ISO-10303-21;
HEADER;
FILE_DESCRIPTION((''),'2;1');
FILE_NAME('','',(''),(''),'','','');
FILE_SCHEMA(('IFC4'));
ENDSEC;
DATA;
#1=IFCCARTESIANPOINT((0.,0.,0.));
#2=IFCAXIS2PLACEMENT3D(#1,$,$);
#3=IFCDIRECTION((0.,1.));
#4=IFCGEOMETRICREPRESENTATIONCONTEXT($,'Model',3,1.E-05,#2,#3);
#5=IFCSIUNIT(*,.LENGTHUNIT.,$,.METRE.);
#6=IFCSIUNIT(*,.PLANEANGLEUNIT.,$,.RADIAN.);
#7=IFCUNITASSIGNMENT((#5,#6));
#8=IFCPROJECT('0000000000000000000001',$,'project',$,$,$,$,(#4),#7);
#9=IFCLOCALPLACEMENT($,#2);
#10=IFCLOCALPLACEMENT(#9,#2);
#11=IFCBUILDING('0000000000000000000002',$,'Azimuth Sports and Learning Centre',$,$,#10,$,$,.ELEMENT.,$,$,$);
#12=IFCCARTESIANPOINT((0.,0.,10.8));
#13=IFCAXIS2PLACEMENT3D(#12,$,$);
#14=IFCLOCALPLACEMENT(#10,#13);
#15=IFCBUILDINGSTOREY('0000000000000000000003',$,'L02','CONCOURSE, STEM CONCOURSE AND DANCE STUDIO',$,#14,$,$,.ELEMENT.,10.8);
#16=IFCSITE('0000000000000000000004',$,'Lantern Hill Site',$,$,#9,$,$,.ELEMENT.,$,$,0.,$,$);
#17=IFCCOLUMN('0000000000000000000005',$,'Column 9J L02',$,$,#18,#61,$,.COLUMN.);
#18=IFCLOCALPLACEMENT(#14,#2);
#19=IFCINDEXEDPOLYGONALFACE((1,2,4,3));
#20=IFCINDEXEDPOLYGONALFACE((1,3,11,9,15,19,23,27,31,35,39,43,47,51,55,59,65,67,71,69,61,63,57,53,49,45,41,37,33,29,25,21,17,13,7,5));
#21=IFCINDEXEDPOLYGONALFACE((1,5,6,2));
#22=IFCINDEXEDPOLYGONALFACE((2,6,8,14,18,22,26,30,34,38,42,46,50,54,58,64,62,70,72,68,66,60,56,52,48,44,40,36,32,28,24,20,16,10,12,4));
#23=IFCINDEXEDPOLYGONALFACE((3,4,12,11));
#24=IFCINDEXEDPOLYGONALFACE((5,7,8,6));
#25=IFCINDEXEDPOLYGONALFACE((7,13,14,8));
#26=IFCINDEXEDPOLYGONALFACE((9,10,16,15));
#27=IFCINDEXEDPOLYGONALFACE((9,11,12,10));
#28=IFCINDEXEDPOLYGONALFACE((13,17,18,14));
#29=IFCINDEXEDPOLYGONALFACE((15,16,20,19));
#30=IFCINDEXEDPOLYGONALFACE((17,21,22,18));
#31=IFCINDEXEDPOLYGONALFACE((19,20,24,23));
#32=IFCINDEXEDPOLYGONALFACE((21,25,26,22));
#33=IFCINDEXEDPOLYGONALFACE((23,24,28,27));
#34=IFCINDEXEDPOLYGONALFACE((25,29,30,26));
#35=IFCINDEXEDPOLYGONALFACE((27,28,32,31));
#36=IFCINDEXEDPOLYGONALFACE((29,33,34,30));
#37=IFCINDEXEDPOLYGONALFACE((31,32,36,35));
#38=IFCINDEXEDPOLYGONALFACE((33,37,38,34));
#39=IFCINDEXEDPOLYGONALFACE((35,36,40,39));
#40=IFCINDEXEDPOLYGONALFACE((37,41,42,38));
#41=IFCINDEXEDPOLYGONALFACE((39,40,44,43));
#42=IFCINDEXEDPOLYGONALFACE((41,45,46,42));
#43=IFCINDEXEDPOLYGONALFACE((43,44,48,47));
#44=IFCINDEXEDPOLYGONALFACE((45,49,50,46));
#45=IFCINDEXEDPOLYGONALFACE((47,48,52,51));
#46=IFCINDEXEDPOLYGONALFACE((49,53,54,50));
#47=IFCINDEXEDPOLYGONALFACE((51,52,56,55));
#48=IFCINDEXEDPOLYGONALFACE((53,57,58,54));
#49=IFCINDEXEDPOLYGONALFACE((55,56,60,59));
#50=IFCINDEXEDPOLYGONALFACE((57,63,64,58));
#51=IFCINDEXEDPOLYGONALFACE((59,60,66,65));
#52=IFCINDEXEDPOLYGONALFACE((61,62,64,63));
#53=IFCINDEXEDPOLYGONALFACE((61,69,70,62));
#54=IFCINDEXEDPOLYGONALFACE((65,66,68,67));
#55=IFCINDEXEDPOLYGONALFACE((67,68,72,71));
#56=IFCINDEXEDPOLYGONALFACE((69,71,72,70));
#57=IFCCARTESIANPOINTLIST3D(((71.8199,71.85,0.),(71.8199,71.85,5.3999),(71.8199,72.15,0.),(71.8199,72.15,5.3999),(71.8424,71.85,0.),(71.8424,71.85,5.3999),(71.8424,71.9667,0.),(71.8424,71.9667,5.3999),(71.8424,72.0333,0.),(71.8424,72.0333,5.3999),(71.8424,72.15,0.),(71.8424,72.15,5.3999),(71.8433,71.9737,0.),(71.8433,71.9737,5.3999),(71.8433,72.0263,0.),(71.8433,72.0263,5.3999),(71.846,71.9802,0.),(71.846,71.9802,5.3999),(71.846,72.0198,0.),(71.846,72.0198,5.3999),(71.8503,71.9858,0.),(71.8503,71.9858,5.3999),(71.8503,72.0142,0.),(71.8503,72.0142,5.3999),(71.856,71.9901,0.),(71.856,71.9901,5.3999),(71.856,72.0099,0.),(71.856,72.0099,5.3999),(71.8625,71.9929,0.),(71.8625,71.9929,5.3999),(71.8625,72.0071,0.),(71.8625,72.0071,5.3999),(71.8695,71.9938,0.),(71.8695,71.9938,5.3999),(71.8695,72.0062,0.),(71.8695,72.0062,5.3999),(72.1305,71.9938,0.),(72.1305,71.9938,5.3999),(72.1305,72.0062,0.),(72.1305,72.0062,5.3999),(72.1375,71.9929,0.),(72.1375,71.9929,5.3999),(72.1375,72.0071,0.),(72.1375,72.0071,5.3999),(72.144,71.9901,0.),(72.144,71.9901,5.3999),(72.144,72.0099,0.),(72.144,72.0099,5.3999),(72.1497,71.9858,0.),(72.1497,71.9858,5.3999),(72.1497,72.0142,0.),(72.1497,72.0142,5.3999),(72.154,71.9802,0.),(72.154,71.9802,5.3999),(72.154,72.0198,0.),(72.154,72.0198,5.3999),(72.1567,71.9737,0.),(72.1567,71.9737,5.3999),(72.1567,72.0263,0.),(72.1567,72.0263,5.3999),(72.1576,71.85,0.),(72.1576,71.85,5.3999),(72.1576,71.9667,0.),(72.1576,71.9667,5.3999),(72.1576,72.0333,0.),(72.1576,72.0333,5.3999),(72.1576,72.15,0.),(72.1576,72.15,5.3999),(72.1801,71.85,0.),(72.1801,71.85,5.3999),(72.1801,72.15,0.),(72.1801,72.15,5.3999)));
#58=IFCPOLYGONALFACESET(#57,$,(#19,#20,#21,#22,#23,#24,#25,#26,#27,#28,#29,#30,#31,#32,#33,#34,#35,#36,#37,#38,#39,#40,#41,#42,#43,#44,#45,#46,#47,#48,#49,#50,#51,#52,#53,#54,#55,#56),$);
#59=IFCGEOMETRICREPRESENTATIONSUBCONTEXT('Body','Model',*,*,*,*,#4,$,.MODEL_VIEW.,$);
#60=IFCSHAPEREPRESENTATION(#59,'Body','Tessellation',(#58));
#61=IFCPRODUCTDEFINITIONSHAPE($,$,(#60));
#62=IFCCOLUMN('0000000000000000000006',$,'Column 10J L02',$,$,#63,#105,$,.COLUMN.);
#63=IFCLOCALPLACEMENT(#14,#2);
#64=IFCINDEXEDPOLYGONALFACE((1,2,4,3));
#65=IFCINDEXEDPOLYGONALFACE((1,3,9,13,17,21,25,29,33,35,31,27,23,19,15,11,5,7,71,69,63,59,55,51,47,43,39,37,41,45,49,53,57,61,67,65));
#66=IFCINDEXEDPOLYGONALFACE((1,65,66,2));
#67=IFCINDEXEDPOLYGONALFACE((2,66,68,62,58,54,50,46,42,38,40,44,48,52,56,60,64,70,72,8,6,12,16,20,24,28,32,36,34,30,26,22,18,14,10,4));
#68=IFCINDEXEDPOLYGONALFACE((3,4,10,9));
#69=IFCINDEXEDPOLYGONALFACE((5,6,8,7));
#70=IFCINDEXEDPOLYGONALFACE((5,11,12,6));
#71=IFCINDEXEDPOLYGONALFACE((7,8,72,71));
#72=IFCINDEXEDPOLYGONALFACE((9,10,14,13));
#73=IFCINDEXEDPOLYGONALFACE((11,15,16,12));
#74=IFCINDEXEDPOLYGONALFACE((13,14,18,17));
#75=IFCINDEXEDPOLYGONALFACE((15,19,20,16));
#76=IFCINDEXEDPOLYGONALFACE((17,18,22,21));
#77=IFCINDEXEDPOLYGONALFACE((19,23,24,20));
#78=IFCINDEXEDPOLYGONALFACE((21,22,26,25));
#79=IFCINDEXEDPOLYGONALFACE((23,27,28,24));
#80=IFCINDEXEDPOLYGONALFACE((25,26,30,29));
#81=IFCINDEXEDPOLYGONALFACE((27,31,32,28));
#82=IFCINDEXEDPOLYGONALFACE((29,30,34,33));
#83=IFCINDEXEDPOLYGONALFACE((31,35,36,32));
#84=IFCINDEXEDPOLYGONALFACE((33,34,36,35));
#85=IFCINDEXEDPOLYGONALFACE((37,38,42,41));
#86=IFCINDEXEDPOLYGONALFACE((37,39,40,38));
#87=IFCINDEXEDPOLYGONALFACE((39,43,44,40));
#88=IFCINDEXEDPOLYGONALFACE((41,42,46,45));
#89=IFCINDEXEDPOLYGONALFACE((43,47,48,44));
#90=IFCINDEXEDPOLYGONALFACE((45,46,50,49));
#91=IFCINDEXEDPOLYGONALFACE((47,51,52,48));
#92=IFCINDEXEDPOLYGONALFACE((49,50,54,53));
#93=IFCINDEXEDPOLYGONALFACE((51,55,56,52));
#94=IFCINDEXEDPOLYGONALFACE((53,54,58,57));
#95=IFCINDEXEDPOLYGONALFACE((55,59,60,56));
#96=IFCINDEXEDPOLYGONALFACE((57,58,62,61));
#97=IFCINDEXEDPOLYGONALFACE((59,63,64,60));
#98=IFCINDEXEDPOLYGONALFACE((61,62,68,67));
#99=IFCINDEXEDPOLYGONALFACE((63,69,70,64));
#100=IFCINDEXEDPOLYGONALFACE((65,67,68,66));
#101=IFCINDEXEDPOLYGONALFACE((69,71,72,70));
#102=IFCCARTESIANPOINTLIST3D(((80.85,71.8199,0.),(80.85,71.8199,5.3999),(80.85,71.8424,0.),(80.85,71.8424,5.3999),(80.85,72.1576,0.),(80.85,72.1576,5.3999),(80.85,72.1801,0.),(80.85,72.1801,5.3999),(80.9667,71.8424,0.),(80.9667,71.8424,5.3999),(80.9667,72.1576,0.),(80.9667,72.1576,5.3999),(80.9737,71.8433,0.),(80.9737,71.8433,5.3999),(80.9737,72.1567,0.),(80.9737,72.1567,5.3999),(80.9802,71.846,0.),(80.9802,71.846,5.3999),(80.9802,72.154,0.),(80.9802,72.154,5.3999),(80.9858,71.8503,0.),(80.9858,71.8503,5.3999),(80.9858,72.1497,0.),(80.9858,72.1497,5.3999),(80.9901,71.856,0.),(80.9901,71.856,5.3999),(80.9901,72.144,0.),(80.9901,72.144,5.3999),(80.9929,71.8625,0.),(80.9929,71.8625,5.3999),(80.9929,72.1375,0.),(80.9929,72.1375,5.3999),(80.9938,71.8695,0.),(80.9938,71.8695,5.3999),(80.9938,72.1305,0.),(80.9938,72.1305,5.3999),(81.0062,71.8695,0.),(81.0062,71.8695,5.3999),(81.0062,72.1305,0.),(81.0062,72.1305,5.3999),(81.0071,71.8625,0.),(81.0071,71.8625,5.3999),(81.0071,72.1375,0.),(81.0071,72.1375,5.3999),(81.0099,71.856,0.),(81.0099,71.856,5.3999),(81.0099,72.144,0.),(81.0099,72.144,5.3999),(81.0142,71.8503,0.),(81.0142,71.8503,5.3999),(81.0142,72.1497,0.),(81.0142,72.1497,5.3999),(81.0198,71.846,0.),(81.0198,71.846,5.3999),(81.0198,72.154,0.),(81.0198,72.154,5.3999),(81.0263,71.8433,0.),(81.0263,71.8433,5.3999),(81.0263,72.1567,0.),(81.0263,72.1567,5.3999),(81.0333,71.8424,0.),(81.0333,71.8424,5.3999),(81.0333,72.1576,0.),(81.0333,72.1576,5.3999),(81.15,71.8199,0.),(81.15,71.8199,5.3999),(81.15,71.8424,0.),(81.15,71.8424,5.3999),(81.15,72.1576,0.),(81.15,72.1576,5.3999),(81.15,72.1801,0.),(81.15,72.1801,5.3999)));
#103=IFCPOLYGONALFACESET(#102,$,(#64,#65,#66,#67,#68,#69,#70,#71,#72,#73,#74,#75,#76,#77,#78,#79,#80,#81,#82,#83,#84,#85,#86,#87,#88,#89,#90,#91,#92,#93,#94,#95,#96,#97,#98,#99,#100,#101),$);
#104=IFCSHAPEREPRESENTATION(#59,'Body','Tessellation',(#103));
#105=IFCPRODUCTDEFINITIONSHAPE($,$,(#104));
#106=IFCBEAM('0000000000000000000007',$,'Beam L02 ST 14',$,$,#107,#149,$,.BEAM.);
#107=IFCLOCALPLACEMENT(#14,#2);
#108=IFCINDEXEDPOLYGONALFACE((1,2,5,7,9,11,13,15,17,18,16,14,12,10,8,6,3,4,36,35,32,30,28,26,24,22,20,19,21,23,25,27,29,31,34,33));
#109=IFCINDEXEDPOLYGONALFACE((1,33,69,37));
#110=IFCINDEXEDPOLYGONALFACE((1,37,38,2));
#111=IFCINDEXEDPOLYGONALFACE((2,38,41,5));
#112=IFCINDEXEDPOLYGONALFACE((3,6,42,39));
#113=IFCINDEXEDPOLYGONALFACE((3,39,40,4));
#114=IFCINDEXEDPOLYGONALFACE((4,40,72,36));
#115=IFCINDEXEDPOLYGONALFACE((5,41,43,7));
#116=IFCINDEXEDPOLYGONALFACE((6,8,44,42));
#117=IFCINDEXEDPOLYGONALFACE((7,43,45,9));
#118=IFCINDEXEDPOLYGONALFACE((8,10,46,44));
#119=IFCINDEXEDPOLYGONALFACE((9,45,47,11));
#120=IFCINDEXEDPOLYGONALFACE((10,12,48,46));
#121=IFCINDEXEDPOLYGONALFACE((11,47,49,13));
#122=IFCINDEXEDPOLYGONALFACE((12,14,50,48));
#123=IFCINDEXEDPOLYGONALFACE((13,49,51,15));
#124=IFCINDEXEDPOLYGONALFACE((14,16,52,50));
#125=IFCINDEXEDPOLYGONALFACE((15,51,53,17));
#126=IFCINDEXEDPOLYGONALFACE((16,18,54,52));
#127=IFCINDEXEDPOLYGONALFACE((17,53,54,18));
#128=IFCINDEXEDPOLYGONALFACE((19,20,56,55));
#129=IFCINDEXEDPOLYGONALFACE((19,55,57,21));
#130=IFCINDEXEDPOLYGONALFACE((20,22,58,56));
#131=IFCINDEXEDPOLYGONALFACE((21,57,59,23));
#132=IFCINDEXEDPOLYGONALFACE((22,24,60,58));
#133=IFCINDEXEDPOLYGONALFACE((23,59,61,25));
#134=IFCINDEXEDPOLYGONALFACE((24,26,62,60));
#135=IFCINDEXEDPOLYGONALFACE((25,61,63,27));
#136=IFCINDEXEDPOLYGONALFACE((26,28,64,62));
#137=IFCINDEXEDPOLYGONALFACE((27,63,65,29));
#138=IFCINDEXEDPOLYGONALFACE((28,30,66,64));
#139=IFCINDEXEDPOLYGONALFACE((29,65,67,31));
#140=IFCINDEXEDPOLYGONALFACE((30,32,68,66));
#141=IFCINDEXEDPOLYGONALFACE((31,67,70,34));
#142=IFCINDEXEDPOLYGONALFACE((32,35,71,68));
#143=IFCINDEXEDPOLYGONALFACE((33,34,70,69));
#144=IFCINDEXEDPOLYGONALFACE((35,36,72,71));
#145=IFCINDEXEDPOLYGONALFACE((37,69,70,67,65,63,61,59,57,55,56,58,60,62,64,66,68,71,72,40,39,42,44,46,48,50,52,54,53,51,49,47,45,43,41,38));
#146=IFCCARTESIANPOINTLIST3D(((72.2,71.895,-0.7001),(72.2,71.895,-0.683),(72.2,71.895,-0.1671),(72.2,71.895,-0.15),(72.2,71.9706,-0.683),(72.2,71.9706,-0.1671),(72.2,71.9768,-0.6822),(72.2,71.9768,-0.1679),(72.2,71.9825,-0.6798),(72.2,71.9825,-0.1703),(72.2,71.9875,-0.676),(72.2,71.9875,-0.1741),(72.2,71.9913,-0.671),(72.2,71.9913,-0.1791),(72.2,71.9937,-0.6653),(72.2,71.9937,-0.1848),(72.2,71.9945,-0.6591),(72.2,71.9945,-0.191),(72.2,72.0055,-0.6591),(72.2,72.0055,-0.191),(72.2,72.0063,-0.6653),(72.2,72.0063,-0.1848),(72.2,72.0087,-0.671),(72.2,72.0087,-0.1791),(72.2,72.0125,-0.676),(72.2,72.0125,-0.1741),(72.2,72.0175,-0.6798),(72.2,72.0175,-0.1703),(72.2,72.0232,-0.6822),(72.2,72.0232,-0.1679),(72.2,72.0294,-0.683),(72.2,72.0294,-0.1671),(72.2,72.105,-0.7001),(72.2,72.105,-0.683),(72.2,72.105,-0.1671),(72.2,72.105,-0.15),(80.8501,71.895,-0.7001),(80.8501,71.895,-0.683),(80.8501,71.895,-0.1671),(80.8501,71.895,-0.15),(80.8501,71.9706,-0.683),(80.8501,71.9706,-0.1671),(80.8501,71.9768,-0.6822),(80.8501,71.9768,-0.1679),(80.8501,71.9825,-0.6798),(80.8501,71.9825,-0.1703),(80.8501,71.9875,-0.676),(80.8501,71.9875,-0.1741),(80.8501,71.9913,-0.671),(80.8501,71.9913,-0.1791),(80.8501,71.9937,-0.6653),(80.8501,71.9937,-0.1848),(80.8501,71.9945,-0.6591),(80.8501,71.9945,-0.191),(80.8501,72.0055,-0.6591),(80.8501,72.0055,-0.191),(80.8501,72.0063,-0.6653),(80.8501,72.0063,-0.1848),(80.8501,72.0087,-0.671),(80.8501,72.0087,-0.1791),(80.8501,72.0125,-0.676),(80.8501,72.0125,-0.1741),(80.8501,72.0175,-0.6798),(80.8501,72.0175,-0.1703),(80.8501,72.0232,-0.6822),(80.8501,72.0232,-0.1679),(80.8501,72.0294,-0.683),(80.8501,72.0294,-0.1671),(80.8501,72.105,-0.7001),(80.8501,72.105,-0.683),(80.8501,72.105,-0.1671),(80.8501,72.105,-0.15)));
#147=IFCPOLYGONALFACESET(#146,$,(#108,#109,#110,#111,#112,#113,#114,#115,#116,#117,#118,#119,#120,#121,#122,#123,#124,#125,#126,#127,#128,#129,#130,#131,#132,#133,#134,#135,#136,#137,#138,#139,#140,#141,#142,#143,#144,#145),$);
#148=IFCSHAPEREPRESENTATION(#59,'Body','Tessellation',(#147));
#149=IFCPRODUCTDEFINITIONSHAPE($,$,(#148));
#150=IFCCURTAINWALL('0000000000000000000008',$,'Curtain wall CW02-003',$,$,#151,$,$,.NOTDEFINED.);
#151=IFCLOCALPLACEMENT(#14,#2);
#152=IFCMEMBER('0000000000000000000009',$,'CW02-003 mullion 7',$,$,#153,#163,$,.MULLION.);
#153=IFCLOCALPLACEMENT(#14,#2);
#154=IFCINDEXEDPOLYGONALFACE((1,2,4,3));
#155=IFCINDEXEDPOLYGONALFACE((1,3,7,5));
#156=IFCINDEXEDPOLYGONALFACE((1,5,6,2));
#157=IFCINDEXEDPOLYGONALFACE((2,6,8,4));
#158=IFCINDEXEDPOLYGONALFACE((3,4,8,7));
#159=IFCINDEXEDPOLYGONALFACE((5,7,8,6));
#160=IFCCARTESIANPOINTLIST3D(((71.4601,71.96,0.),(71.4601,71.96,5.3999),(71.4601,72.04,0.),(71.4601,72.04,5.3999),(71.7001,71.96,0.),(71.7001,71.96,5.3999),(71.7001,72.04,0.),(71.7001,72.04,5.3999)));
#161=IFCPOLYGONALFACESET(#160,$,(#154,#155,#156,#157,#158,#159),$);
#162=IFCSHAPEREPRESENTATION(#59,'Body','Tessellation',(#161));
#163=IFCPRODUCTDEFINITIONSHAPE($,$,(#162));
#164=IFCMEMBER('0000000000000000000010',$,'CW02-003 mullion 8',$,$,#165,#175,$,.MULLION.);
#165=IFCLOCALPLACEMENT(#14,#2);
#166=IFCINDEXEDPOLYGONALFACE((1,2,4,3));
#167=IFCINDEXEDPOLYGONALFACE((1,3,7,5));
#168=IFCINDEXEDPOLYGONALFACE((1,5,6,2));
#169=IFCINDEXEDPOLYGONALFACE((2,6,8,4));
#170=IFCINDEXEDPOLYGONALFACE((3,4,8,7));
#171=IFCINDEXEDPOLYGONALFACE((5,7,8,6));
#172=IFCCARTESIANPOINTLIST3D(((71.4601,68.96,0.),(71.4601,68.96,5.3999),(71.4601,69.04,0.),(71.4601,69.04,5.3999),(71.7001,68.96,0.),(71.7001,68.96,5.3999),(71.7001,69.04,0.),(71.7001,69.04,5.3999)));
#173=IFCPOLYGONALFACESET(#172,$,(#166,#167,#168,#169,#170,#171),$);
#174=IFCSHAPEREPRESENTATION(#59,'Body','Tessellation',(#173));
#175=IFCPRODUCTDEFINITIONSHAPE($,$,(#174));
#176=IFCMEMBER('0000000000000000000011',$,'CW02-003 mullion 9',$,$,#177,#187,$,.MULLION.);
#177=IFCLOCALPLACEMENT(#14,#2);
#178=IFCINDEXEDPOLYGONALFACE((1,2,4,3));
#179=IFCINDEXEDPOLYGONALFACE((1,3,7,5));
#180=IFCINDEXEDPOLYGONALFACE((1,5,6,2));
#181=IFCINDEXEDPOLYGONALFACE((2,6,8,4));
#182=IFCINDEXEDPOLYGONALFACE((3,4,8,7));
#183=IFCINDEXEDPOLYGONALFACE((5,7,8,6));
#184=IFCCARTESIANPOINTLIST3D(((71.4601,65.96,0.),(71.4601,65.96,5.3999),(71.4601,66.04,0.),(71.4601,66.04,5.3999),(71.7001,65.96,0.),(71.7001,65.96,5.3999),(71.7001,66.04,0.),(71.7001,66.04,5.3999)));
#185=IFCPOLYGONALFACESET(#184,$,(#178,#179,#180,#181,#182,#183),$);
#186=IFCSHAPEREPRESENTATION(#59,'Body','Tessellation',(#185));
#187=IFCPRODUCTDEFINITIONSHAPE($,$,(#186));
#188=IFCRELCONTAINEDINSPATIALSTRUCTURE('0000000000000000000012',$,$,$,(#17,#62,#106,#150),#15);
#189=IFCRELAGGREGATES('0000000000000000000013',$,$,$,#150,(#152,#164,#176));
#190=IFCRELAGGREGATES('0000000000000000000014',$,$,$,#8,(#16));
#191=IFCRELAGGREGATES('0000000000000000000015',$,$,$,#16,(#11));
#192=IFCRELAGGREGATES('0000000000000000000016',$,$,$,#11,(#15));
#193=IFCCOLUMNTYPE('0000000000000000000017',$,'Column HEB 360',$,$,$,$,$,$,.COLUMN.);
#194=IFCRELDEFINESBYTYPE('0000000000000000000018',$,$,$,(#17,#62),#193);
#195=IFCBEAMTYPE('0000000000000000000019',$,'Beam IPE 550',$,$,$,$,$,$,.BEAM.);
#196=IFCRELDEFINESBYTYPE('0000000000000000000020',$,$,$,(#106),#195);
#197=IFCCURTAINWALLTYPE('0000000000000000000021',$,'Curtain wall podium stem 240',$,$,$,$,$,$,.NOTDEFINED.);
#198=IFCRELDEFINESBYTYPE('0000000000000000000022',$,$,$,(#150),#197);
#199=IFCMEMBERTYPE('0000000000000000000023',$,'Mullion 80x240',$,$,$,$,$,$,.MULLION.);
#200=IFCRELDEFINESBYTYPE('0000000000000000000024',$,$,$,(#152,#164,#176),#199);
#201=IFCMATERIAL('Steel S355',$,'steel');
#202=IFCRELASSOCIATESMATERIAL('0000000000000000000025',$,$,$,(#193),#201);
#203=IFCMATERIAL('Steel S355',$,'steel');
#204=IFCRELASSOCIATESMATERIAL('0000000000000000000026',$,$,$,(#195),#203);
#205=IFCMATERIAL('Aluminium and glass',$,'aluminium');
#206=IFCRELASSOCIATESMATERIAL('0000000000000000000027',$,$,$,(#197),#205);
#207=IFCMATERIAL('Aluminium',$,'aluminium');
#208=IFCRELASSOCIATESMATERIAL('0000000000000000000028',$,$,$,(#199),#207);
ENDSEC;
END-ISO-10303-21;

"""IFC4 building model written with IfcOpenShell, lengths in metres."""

from ifc_helpers import new_model, si_unit, direction, frame, origin, origin_2d, place, context, subcontext, project, spatial, rectangle, i_section, extrude, material, material_profile, profile_set, type_object, element, aggregate, save


model = new_model("IFC4")

# Units and contexts
model_context = context("Model", 3, precision=1e-05, world=origin(), true_north=direction((0.0, 1.0)))
body_context = subcontext(model_context, "Body", "Model", "MODEL_VIEW")
ifc_project = project(units=[si_unit("LENGTHUNIT", "METRE"), si_unit("PLANEANGLEUNIT", "RADIAN")], contexts=[model_context])

# Site, building, storey
site_placement = place(None, origin())
site = spatial("IfcSite", under=ifc_project, at=site_placement, Name="Lantern Hill Site", CompositionType="ELEMENT", RefElevation=0.0)
building_placement = place(site_placement, origin())
building = spatial("IfcBuilding", under=site, at=building_placement, Name="Azimuth Sports and Learning Centre", CompositionType="ELEMENT")
storey_placement = place(building_placement, frame((0.0, 0.0, 10.8)))
storey = spatial("IfcBuildingStorey", under=building, at=storey_placement, Name="L02", Description="CONCOURSE, STEM CONCOURSE AND DANCE STUDIO", CompositionType="ELEMENT", Elevation=10.8)

# Columns
ifc_material_1 = material(Name="Steel S355", Category="steel")
ifc_material_profile_1 = material_profile(ifc_material_1, i_section(OverallWidth=0.3, OverallDepth=0.3601, WebThickness=0.0125, FlangeThickness=0.0225, FilletRadius=0.0271, at=origin_2d()), Name="HEB 360")
ifc_profile_set_1 = profile_set([ifc_material_profile_1], Name="Steel S355")
column_type = type_object("IfcColumnType", Name="Column HEB 360", PredefinedType="COLUMN", material=ifc_profile_set_1)
for number, where, z_axis, x_axis, name in (
    (1, (72.0, 72.0, 0.0), (0.0, 0.0, 1.0), (0.0, 1.0, 0.0), "Column 9J L02"),
    (2, (81.0, 72.0, 0.0), (0.0, 0.0, 1.0), (1.0, 0.0, 0.0), "Column 10J L02"),
):
    element("IfcColumn", number, at=place(storey_placement, frame(where, z_axis=z_axis, x_axis=x_axis)), inside=storey, type_object=column_type, Name=name, PredefinedType="COLUMN", context=body_context, shape_type="SweptSolid", body=[
        extrude(i_section(OverallWidth=0.3, OverallDepth=0.3601, WebThickness=0.0125, FlangeThickness=0.0225, FilletRadius=0.0271, at=origin_2d()), origin(), (0.0, 0.0, 1.0), 5.3999),
    ])

# Beam
ifc_material_2 = material(Name="Steel S355", Category="steel")
ifc_material_profile_2 = material_profile(ifc_material_2, i_section(OverallWidth=0.21, OverallDepth=0.55, WebThickness=0.011, FlangeThickness=0.0171, FilletRadius=0.0239, at=origin_2d()), Name="IPE 550")
ifc_profile_set_2 = profile_set([ifc_material_profile_2], Name="Steel S355")
beam_type = type_object("IfcBeamType", Name="Beam IPE 550", PredefinedType="BEAM", material=ifc_profile_set_2)
beam_placement = place(storey_placement, frame((72.2, 72.0, -0.425), z_axis=(1.0, 0.0, 0.0), x_axis=(0.0, 1.0, 0.0)))
element("IfcBeam", 3, at=beam_placement, inside=storey, type_object=beam_type, Name="Beam L02 ST 14", PredefinedType="BEAM", context=body_context, shape_type="SweptSolid", body=[
    extrude(i_section(OverallWidth=0.21, OverallDepth=0.55, WebThickness=0.011, FlangeThickness=0.0171, FilletRadius=0.0239, at=origin_2d()), origin(), (0.0, 0.0, 1.0), 8.6501),
])

# Curtain wall, members
ifc_material_3 = material(Name="Aluminium and glass", Category="aluminium")
curtain_wall_type = type_object("IfcCurtainWallType", Name="Curtain wall podium stem 240", PredefinedType="NOTDEFINED", material=ifc_material_3)
curtain_wall_placement = place(storey_placement, origin())
curtain_wall = element("IfcCurtainWall", 4, at=curtain_wall_placement, inside=storey, type_object=curtain_wall_type, Name="Curtain wall CW02-003", PredefinedType="NOTDEFINED")
ifc_material_4 = material(Name="Aluminium", Category="aluminium")
ifc_material_profile_3 = material_profile(ifc_material_4, rectangle(XDim=0.24, YDim=0.0801, at=origin_2d()), Name="Mullion 80x240")
ifc_profile_set_3 = profile_set([ifc_material_profile_3], Name="Aluminium")
member_type_1 = type_object("IfcMemberType", Name="Mullion 80x240", PredefinedType="MULLION", material=ifc_profile_set_3)
member_1_placement = place(storey_placement, frame((71.5801, 72.0, 0.0), z_axis=(0.0, 0.0, 1.0), x_axis=(1.0, 0.0, 0.0)))
member_1 = element("IfcMember", 5, at=member_1_placement, type_object=member_type_1, Name="CW02-003 mullion 7", PredefinedType="MULLION", context=body_context, shape_type="SweptSolid", body=[
    extrude(rectangle(XDim=0.24, YDim=0.0801, at=origin_2d()), origin(), (0.0, 0.0, 1.0), 5.3999),
])
member_2_placement = place(storey_placement, frame((71.5801, 69.0, 0.0), z_axis=(0.0, 0.0, 1.0), x_axis=(1.0, 0.0, 0.0)))
member_2 = element("IfcMember", 6, at=member_2_placement, type_object=member_type_1, Name="CW02-003 mullion 8", PredefinedType="MULLION", context=body_context, shape_type="SweptSolid", body=[
    extrude(rectangle(XDim=0.24, YDim=0.0801, at=origin_2d()), origin(), (0.0, 0.0, 1.0), 5.3999),
])
member_3_placement = place(storey_placement, frame((71.5801, 66.0, 0.0), z_axis=(0.0, 0.0, 1.0), x_axis=(1.0, 0.0, 0.0)))
member_3 = element("IfcMember", 7, at=member_3_placement, type_object=member_type_1, Name="CW02-003 mullion 9", PredefinedType="MULLION", context=body_context, shape_type="SweptSolid", body=[
    extrude(rectangle(XDim=0.24, YDim=0.0801, at=origin_2d()), origin(), (0.0, 0.0, 1.0), 5.3999),
])
aggregate(curtain_wall, [member_1, member_2, member_3])

save(model, "model.ifc")
